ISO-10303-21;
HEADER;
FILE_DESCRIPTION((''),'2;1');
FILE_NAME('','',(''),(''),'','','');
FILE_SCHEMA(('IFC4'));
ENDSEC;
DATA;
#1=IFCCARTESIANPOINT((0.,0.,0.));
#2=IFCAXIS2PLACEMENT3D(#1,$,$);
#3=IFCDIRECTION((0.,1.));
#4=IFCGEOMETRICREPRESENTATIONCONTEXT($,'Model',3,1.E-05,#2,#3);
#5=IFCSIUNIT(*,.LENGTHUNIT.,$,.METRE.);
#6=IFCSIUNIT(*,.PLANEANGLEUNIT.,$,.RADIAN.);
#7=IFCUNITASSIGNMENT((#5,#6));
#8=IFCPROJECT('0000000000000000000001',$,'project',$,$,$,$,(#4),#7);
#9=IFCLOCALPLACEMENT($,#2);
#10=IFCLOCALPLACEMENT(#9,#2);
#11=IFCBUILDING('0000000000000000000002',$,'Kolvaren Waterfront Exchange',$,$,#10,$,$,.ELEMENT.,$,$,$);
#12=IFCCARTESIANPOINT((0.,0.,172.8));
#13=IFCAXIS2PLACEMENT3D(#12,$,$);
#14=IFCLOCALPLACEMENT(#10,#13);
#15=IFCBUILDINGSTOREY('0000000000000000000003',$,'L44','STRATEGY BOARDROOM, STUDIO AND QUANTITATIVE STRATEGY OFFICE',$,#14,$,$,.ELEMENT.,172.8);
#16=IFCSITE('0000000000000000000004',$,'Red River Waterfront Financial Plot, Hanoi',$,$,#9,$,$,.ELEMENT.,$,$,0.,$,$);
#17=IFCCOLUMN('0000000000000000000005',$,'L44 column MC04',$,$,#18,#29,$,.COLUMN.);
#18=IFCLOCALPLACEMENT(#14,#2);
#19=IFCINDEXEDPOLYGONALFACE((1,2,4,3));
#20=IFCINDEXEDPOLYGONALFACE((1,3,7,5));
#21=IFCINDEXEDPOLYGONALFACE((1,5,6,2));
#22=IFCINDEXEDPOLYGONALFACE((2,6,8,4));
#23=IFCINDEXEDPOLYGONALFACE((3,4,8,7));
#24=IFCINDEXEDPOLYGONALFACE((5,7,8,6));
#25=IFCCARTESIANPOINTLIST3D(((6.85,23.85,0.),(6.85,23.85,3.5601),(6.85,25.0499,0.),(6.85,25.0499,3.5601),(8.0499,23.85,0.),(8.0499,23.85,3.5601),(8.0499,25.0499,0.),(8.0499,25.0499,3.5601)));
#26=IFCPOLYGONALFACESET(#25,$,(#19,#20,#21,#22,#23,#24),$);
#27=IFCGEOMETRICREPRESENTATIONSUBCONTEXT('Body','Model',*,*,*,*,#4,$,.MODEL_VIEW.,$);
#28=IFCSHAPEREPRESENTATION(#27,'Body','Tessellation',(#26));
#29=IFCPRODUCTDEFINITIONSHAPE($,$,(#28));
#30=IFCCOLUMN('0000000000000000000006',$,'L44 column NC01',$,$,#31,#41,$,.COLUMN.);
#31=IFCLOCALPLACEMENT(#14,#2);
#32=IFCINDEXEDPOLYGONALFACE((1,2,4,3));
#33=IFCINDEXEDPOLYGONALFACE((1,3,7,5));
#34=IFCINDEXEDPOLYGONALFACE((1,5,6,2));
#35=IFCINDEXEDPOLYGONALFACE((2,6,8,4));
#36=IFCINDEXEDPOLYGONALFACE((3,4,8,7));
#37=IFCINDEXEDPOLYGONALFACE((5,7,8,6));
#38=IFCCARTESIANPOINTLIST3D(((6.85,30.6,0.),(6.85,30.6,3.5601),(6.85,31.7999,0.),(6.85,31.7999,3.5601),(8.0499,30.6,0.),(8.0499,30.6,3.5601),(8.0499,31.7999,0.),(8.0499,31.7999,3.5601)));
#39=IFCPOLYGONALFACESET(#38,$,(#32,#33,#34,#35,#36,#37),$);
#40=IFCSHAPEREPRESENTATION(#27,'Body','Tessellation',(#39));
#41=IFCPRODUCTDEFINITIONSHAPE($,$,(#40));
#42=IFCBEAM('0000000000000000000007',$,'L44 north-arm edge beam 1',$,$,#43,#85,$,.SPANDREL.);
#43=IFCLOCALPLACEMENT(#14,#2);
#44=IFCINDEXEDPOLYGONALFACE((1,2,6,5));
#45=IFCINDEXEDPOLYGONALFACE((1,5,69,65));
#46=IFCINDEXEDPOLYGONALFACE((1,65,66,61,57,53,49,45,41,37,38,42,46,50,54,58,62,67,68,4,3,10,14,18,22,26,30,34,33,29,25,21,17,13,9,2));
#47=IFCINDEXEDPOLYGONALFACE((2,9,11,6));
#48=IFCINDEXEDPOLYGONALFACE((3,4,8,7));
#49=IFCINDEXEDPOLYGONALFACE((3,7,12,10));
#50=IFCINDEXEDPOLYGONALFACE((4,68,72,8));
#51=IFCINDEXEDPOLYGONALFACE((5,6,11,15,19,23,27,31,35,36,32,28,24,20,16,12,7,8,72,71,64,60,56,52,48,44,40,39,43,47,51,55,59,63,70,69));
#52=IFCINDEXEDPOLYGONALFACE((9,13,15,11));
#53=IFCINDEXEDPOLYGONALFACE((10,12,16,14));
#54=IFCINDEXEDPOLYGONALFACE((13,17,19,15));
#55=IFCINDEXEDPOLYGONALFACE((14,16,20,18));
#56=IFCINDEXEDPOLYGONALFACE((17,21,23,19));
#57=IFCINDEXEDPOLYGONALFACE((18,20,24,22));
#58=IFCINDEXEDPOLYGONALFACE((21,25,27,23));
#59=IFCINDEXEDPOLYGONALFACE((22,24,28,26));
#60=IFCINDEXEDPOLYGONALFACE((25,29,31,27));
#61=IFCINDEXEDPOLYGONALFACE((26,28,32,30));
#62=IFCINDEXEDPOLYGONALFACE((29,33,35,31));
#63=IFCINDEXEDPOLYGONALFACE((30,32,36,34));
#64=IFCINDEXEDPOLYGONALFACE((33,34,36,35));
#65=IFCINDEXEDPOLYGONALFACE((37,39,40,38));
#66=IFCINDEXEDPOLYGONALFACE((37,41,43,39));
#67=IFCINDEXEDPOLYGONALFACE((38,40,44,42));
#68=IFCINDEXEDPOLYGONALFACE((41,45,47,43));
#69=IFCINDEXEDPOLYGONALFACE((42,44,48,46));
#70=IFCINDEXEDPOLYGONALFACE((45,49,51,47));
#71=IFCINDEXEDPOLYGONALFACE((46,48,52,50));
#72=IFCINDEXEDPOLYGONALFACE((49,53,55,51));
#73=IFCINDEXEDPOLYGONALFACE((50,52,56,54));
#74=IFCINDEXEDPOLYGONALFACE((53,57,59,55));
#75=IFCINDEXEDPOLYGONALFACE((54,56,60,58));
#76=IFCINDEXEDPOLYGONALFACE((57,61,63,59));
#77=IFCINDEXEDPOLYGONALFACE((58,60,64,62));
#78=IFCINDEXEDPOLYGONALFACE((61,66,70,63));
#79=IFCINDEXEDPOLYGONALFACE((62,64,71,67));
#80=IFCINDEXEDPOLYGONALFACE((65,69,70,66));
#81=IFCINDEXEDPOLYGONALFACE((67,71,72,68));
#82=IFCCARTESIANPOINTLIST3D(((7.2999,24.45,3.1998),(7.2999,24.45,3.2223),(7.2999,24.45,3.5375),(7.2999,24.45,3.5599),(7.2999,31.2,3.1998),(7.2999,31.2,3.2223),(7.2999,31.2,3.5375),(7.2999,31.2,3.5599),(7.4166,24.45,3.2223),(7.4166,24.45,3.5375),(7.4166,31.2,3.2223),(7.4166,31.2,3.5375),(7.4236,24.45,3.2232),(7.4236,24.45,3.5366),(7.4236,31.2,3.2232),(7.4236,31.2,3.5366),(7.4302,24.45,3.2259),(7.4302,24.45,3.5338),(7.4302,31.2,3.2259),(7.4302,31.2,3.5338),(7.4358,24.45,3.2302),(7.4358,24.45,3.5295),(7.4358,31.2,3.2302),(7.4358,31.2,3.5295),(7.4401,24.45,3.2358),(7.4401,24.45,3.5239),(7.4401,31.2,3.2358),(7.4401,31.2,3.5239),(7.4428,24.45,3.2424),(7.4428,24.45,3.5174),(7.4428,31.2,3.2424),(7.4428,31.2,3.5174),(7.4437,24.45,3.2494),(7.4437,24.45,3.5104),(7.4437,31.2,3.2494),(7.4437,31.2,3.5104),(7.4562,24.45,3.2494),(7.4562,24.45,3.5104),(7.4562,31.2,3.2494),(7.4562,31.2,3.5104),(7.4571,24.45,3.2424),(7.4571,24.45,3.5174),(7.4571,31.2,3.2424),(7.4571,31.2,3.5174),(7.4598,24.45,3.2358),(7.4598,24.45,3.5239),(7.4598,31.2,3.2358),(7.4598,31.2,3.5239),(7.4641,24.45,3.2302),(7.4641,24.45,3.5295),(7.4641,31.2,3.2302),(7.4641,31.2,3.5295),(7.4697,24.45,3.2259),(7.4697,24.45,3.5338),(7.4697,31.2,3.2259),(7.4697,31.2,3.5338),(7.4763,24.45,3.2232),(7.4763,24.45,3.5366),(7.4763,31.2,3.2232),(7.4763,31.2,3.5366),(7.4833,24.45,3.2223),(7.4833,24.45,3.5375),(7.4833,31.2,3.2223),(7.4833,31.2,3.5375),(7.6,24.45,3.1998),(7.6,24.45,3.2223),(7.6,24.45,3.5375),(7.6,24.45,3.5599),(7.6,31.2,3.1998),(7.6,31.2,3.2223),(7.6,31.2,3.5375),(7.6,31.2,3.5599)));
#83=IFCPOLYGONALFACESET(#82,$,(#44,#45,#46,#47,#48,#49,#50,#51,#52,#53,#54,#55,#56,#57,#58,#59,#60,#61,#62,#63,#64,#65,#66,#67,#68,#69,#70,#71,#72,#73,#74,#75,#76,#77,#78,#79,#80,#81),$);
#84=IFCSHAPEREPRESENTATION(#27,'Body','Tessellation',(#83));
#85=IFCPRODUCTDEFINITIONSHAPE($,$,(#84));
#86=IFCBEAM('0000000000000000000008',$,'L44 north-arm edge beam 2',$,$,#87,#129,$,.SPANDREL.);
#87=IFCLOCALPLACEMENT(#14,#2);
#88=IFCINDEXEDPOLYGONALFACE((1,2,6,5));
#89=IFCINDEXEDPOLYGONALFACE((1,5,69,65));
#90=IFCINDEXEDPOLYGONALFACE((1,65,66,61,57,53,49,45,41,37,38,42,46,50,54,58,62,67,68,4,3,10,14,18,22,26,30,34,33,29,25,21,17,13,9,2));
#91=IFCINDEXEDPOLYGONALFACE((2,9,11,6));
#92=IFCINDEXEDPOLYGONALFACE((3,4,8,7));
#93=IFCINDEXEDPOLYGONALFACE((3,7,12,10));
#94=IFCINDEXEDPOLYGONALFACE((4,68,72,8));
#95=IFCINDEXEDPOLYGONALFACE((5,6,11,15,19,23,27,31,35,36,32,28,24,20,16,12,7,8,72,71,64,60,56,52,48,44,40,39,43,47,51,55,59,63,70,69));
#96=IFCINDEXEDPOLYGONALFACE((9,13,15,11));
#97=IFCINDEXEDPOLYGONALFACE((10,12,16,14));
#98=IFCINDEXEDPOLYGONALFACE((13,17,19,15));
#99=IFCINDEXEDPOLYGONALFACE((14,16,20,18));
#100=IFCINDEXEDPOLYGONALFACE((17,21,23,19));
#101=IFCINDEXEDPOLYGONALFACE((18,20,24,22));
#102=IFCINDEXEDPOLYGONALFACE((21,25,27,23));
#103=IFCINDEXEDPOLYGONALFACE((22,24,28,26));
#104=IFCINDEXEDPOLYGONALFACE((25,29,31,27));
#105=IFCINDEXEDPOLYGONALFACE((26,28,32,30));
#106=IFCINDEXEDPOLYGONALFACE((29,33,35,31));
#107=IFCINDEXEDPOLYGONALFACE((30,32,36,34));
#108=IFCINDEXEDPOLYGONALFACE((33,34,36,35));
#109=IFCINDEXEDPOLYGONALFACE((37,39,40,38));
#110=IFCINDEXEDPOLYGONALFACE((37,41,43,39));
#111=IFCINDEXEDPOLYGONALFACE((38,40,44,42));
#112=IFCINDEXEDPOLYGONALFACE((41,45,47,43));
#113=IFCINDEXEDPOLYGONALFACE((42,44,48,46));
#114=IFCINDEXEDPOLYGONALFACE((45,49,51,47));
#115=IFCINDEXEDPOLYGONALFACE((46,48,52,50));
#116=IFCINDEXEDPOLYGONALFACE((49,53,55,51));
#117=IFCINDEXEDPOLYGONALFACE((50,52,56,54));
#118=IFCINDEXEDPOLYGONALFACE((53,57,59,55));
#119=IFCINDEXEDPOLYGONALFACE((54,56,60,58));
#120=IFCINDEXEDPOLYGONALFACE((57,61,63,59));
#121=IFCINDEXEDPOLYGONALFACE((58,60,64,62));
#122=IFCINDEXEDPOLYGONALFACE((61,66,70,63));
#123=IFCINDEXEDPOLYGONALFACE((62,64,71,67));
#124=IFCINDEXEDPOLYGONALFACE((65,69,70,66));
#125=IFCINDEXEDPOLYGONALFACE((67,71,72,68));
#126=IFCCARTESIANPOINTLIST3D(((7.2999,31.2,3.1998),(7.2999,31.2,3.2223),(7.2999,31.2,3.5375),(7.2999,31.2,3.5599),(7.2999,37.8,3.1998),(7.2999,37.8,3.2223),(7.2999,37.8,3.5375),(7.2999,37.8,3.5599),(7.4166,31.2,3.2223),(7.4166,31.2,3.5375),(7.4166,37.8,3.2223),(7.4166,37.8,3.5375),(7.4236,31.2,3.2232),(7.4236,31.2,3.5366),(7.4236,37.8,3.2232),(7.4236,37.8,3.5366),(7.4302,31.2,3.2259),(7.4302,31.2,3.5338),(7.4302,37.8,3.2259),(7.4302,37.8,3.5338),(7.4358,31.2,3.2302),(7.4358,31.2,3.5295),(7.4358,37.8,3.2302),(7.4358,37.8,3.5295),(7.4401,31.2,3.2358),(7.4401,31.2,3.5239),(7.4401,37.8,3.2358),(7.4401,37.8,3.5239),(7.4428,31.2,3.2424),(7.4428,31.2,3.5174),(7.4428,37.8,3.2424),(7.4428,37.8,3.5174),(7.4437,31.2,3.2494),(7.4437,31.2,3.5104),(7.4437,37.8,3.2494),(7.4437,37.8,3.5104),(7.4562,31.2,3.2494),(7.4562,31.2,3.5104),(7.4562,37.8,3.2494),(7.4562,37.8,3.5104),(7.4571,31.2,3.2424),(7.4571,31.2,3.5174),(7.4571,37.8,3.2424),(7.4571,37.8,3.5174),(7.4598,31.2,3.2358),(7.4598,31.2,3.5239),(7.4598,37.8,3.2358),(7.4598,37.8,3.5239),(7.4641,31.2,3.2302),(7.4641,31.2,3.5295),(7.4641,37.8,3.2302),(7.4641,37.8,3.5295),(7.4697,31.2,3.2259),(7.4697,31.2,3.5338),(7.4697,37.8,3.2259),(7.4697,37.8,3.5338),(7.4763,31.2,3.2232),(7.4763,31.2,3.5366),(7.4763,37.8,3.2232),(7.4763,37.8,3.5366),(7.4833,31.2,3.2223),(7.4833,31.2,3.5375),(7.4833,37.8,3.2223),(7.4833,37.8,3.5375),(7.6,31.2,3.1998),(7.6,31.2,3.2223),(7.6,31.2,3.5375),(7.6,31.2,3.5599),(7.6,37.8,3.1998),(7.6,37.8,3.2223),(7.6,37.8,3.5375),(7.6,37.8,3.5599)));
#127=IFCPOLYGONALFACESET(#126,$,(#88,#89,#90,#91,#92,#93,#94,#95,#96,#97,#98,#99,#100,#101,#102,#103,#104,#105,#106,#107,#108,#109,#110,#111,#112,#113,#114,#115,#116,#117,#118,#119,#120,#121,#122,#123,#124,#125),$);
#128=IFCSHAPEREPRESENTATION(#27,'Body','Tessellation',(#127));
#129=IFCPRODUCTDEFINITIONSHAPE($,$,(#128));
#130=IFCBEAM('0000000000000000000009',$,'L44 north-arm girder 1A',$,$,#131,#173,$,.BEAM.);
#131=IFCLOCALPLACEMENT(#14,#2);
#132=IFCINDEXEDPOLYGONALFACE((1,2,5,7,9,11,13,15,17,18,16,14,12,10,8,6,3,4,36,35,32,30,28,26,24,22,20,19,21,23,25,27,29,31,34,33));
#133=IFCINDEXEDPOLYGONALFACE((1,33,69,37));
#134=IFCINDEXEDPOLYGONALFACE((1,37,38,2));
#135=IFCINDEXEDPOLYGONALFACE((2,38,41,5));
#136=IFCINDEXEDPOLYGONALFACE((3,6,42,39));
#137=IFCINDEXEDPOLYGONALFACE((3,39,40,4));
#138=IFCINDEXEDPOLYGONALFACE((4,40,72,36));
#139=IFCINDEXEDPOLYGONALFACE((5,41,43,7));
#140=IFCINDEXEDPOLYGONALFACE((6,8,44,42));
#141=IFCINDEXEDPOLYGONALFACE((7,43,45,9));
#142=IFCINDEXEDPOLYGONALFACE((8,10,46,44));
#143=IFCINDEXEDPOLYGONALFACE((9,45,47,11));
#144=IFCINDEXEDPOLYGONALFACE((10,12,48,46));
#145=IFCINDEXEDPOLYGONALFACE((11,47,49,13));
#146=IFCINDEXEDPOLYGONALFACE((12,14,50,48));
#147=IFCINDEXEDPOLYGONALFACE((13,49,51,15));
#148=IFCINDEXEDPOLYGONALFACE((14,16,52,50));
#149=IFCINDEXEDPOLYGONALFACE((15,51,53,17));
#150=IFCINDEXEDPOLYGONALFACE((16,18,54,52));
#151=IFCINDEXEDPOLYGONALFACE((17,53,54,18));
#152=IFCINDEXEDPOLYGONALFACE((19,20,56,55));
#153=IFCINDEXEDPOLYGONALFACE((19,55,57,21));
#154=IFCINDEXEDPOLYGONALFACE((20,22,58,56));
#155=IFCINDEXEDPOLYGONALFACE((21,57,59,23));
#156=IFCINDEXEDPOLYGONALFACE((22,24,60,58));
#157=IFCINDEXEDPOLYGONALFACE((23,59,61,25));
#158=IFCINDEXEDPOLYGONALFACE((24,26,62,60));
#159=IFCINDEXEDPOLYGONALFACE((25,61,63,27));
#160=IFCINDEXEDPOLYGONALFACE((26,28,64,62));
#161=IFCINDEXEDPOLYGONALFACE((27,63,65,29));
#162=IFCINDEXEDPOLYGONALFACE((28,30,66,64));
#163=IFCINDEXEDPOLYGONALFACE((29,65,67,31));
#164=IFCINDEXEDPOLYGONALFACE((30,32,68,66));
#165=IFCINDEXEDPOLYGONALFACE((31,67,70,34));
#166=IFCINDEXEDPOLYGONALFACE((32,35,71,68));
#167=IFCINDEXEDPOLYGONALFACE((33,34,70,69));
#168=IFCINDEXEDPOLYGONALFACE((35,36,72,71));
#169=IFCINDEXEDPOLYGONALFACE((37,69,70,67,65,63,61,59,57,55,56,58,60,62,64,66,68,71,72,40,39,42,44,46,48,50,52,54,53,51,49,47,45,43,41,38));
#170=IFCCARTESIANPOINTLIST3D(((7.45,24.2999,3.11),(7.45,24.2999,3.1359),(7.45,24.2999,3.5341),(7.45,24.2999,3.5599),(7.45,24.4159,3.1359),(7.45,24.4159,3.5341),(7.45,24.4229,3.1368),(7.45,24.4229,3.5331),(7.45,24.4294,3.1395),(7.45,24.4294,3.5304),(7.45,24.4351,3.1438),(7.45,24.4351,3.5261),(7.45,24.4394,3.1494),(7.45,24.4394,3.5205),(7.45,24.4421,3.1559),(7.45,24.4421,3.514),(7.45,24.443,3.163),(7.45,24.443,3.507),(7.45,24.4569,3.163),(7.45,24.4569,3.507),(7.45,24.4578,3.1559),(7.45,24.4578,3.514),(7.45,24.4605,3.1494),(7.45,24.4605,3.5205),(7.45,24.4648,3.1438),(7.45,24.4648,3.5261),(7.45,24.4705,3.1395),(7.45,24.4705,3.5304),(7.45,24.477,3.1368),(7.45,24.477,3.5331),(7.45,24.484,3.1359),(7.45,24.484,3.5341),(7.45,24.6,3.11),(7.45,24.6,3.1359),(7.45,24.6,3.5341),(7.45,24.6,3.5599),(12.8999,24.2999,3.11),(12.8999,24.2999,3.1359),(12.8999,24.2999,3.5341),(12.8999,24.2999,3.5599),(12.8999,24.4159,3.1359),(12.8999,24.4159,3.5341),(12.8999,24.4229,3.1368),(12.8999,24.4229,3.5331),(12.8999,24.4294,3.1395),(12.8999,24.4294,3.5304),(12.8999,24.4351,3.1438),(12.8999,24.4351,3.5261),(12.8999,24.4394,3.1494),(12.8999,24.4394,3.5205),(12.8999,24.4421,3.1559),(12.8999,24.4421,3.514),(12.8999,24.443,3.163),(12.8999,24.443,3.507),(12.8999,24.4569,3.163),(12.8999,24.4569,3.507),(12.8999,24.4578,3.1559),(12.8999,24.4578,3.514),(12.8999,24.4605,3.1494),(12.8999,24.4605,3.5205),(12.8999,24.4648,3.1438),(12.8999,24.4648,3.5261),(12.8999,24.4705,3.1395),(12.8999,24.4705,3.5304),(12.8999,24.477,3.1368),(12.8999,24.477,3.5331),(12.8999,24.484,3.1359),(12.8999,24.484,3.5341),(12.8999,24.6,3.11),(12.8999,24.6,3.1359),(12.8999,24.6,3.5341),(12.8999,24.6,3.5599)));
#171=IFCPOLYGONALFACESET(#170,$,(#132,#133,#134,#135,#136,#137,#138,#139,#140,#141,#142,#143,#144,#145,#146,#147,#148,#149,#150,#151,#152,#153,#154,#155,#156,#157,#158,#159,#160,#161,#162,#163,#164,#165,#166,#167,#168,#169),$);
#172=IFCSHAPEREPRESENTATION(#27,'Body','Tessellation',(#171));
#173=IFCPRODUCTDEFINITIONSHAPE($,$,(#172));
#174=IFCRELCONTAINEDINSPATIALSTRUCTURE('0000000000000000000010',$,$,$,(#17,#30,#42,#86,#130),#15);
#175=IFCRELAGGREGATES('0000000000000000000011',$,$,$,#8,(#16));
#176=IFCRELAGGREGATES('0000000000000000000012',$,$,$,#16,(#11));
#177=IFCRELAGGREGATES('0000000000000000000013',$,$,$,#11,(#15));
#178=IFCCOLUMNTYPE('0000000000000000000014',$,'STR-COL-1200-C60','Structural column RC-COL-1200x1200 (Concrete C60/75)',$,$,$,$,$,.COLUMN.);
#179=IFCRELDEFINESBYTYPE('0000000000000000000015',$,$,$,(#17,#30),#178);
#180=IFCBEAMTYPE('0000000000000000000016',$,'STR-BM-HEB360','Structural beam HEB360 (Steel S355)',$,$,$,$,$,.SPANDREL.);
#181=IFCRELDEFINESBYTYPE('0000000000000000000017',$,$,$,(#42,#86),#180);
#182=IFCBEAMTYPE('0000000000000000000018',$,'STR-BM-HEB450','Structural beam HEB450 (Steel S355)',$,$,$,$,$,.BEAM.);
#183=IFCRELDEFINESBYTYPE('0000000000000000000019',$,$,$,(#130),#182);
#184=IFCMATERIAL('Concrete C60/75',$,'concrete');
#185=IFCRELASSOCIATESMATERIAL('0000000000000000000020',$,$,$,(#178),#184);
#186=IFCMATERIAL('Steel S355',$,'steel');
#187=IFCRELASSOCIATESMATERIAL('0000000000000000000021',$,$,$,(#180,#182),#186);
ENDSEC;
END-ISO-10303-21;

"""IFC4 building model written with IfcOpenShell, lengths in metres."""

from ifc_helpers import new_model, si_unit, direction, frame, origin, origin_2d, place, context, subcontext, project, spatial, rectangle, i_section, extrude, material, material_profile, profile_set, type_object, element, save


model = new_model("IFC4")

# Units and contexts
model_context = context("Model", 3, precision=1e-05, world=origin(), true_north=direction((0.0, 1.0)))
body_context = subcontext(model_context, "Body", "Model", "MODEL_VIEW")
ifc_project = project(units=[si_unit("LENGTHUNIT", "METRE"), si_unit("PLANEANGLEUNIT", "RADIAN")], contexts=[model_context])

# Site, building, storey
site_placement = place(None, origin())
site = spatial("IfcSite", under=ifc_project, at=site_placement, Name="Red River Waterfront Financial Plot, Hanoi", CompositionType="ELEMENT", RefElevation=0.0)
building_placement = place(site_placement, origin())
building = spatial("IfcBuilding", under=site, at=building_placement, Name="Kolvaren Waterfront Exchange", CompositionType="ELEMENT")
storey_placement = place(building_placement, frame((0.0, 0.0, 172.8)))
storey = spatial("IfcBuildingStorey", under=building, at=storey_placement, Name="L44", Description="STRATEGY BOARDROOM, STUDIO AND QUANTITATIVE STRATEGY OFFICE", CompositionType="ELEMENT", Elevation=172.8)

# Columns
ifc_material_1 = material(Name="Concrete C60/75", Category="concrete")
ifc_material_profile_1 = material_profile(ifc_material_1, rectangle(XDim=1.2, YDim=1.2, at=origin_2d()), Name="RC-COL-1200x1200")
ifc_profile_set_1 = profile_set([ifc_material_profile_1], Name="Concrete C60/75")
column_type = type_object("IfcColumnType", Name="STR-COL-1200-C60", Description="Structural column RC-COL-1200x1200 (Concrete C60/75)", PredefinedType="COLUMN", material=ifc_profile_set_1)
for number, where, z_axis, x_axis, name in (
    (1, (7.45, 24.45, 0.0), (0.0, 0.0, 1.0), (1.0, 0.0, 0.0), "L44 column MC04"),
    (2, (7.45, 31.2, 0.0), (0.0, 0.0, 1.0), (1.0, 0.0, 0.0), "L44 column NC01"),
):
    element("IfcColumn", number, at=place(storey_placement, frame(where, z_axis=z_axis, x_axis=x_axis)), inside=storey, type_object=column_type, Name=name, PredefinedType="COLUMN", context=body_context, shape_type="SweptSolid", body=[
        extrude(rectangle(XDim=1.2, YDim=1.2, at=origin_2d()), origin(), (0.0, 0.0, 1.0), 3.5601),
    ])

# Beams
ifc_material_2 = material(Name="Steel S355", Category="steel")
ifc_material_profile_2 = material_profile(ifc_material_2, i_section(OverallWidth=0.3, OverallDepth=0.3601, WebThickness=0.0125, FlangeThickness=0.0225, FilletRadius=0.0271, at=origin_2d()), Name="HEB360")
ifc_profile_set_2 = profile_set([ifc_material_profile_2], Name="Steel S355")
beam_type_1 = type_object("IfcBeamType", Name="STR-BM-HEB360", Description="Structural beam HEB360 (Steel S355)", PredefinedType="SPANDREL", material=ifc_profile_set_2)
beam_1_placement = place(storey_placement, frame((7.45, 24.45, 3.3799), z_axis=(0.0, 1.0, 0.0), x_axis=(-1.0, 0.0, 0.0)))
element("IfcBeam", 3, at=beam_1_placement, inside=storey, type_object=beam_type_1, Name="L44 north-arm edge beam 1", PredefinedType="SPANDREL", context=body_context, shape_type="SweptSolid", body=[
    extrude(i_section(OverallWidth=0.3, OverallDepth=0.3601, WebThickness=0.0125, FlangeThickness=0.0225, FilletRadius=0.0271, at=origin_2d()), origin(), (0.0, 0.0, 1.0), 6.75),
])
beam_2_placement = place(storey_placement, frame((7.45, 31.2, 3.3799), z_axis=(0.0, 1.0, 0.0), x_axis=(-1.0, 0.0, 0.0)))
element("IfcBeam", 4, at=beam_2_placement, inside=storey, type_object=beam_type_1, Name="L44 north-arm edge beam 2", PredefinedType="SPANDREL", context=body_context, shape_type="SweptSolid", body=[
    extrude(i_section(OverallWidth=0.3, OverallDepth=0.3601, WebThickness=0.0125, FlangeThickness=0.0225, FilletRadius=0.0271, at=origin_2d()), origin(), (0.0, 0.0, 1.0), 6.6001),
])
ifc_material_profile_3 = material_profile(ifc_material_2, i_section(OverallWidth=0.3, OverallDepth=0.45, WebThickness=0.0139, FlangeThickness=0.0259, FilletRadius=0.0271, at=origin_2d()), Name="HEB450")
ifc_profile_set_3 = profile_set([ifc_material_profile_3], Name="Steel S355")
beam_type_2 = type_object("IfcBeamType", Name="STR-BM-HEB450", Description="Structural beam HEB450 (Steel S355)", PredefinedType="BEAM", material=ifc_profile_set_3)
for number, where, z_axis, x_axis, name in (
    (5, (7.45, 24.45, 3.335), (1.0, 0.0, 0.0), (0.0, 1.0, 0.0), "L44 north-arm girder 1A"),
):
    element("IfcBeam", number, at=place(storey_placement, frame(where, z_axis=z_axis, x_axis=x_axis)), inside=storey, type_object=beam_type_2, Name=name, PredefinedType="BEAM", context=body_context, shape_type="SweptSolid", body=[
        extrude(i_section(OverallWidth=0.3, OverallDepth=0.45, WebThickness=0.0139, FlangeThickness=0.0259, FilletRadius=0.0271, at=origin_2d()), origin(), (0.0, 0.0, 1.0), 5.45),
    ])

save(model, "model.ifc")
